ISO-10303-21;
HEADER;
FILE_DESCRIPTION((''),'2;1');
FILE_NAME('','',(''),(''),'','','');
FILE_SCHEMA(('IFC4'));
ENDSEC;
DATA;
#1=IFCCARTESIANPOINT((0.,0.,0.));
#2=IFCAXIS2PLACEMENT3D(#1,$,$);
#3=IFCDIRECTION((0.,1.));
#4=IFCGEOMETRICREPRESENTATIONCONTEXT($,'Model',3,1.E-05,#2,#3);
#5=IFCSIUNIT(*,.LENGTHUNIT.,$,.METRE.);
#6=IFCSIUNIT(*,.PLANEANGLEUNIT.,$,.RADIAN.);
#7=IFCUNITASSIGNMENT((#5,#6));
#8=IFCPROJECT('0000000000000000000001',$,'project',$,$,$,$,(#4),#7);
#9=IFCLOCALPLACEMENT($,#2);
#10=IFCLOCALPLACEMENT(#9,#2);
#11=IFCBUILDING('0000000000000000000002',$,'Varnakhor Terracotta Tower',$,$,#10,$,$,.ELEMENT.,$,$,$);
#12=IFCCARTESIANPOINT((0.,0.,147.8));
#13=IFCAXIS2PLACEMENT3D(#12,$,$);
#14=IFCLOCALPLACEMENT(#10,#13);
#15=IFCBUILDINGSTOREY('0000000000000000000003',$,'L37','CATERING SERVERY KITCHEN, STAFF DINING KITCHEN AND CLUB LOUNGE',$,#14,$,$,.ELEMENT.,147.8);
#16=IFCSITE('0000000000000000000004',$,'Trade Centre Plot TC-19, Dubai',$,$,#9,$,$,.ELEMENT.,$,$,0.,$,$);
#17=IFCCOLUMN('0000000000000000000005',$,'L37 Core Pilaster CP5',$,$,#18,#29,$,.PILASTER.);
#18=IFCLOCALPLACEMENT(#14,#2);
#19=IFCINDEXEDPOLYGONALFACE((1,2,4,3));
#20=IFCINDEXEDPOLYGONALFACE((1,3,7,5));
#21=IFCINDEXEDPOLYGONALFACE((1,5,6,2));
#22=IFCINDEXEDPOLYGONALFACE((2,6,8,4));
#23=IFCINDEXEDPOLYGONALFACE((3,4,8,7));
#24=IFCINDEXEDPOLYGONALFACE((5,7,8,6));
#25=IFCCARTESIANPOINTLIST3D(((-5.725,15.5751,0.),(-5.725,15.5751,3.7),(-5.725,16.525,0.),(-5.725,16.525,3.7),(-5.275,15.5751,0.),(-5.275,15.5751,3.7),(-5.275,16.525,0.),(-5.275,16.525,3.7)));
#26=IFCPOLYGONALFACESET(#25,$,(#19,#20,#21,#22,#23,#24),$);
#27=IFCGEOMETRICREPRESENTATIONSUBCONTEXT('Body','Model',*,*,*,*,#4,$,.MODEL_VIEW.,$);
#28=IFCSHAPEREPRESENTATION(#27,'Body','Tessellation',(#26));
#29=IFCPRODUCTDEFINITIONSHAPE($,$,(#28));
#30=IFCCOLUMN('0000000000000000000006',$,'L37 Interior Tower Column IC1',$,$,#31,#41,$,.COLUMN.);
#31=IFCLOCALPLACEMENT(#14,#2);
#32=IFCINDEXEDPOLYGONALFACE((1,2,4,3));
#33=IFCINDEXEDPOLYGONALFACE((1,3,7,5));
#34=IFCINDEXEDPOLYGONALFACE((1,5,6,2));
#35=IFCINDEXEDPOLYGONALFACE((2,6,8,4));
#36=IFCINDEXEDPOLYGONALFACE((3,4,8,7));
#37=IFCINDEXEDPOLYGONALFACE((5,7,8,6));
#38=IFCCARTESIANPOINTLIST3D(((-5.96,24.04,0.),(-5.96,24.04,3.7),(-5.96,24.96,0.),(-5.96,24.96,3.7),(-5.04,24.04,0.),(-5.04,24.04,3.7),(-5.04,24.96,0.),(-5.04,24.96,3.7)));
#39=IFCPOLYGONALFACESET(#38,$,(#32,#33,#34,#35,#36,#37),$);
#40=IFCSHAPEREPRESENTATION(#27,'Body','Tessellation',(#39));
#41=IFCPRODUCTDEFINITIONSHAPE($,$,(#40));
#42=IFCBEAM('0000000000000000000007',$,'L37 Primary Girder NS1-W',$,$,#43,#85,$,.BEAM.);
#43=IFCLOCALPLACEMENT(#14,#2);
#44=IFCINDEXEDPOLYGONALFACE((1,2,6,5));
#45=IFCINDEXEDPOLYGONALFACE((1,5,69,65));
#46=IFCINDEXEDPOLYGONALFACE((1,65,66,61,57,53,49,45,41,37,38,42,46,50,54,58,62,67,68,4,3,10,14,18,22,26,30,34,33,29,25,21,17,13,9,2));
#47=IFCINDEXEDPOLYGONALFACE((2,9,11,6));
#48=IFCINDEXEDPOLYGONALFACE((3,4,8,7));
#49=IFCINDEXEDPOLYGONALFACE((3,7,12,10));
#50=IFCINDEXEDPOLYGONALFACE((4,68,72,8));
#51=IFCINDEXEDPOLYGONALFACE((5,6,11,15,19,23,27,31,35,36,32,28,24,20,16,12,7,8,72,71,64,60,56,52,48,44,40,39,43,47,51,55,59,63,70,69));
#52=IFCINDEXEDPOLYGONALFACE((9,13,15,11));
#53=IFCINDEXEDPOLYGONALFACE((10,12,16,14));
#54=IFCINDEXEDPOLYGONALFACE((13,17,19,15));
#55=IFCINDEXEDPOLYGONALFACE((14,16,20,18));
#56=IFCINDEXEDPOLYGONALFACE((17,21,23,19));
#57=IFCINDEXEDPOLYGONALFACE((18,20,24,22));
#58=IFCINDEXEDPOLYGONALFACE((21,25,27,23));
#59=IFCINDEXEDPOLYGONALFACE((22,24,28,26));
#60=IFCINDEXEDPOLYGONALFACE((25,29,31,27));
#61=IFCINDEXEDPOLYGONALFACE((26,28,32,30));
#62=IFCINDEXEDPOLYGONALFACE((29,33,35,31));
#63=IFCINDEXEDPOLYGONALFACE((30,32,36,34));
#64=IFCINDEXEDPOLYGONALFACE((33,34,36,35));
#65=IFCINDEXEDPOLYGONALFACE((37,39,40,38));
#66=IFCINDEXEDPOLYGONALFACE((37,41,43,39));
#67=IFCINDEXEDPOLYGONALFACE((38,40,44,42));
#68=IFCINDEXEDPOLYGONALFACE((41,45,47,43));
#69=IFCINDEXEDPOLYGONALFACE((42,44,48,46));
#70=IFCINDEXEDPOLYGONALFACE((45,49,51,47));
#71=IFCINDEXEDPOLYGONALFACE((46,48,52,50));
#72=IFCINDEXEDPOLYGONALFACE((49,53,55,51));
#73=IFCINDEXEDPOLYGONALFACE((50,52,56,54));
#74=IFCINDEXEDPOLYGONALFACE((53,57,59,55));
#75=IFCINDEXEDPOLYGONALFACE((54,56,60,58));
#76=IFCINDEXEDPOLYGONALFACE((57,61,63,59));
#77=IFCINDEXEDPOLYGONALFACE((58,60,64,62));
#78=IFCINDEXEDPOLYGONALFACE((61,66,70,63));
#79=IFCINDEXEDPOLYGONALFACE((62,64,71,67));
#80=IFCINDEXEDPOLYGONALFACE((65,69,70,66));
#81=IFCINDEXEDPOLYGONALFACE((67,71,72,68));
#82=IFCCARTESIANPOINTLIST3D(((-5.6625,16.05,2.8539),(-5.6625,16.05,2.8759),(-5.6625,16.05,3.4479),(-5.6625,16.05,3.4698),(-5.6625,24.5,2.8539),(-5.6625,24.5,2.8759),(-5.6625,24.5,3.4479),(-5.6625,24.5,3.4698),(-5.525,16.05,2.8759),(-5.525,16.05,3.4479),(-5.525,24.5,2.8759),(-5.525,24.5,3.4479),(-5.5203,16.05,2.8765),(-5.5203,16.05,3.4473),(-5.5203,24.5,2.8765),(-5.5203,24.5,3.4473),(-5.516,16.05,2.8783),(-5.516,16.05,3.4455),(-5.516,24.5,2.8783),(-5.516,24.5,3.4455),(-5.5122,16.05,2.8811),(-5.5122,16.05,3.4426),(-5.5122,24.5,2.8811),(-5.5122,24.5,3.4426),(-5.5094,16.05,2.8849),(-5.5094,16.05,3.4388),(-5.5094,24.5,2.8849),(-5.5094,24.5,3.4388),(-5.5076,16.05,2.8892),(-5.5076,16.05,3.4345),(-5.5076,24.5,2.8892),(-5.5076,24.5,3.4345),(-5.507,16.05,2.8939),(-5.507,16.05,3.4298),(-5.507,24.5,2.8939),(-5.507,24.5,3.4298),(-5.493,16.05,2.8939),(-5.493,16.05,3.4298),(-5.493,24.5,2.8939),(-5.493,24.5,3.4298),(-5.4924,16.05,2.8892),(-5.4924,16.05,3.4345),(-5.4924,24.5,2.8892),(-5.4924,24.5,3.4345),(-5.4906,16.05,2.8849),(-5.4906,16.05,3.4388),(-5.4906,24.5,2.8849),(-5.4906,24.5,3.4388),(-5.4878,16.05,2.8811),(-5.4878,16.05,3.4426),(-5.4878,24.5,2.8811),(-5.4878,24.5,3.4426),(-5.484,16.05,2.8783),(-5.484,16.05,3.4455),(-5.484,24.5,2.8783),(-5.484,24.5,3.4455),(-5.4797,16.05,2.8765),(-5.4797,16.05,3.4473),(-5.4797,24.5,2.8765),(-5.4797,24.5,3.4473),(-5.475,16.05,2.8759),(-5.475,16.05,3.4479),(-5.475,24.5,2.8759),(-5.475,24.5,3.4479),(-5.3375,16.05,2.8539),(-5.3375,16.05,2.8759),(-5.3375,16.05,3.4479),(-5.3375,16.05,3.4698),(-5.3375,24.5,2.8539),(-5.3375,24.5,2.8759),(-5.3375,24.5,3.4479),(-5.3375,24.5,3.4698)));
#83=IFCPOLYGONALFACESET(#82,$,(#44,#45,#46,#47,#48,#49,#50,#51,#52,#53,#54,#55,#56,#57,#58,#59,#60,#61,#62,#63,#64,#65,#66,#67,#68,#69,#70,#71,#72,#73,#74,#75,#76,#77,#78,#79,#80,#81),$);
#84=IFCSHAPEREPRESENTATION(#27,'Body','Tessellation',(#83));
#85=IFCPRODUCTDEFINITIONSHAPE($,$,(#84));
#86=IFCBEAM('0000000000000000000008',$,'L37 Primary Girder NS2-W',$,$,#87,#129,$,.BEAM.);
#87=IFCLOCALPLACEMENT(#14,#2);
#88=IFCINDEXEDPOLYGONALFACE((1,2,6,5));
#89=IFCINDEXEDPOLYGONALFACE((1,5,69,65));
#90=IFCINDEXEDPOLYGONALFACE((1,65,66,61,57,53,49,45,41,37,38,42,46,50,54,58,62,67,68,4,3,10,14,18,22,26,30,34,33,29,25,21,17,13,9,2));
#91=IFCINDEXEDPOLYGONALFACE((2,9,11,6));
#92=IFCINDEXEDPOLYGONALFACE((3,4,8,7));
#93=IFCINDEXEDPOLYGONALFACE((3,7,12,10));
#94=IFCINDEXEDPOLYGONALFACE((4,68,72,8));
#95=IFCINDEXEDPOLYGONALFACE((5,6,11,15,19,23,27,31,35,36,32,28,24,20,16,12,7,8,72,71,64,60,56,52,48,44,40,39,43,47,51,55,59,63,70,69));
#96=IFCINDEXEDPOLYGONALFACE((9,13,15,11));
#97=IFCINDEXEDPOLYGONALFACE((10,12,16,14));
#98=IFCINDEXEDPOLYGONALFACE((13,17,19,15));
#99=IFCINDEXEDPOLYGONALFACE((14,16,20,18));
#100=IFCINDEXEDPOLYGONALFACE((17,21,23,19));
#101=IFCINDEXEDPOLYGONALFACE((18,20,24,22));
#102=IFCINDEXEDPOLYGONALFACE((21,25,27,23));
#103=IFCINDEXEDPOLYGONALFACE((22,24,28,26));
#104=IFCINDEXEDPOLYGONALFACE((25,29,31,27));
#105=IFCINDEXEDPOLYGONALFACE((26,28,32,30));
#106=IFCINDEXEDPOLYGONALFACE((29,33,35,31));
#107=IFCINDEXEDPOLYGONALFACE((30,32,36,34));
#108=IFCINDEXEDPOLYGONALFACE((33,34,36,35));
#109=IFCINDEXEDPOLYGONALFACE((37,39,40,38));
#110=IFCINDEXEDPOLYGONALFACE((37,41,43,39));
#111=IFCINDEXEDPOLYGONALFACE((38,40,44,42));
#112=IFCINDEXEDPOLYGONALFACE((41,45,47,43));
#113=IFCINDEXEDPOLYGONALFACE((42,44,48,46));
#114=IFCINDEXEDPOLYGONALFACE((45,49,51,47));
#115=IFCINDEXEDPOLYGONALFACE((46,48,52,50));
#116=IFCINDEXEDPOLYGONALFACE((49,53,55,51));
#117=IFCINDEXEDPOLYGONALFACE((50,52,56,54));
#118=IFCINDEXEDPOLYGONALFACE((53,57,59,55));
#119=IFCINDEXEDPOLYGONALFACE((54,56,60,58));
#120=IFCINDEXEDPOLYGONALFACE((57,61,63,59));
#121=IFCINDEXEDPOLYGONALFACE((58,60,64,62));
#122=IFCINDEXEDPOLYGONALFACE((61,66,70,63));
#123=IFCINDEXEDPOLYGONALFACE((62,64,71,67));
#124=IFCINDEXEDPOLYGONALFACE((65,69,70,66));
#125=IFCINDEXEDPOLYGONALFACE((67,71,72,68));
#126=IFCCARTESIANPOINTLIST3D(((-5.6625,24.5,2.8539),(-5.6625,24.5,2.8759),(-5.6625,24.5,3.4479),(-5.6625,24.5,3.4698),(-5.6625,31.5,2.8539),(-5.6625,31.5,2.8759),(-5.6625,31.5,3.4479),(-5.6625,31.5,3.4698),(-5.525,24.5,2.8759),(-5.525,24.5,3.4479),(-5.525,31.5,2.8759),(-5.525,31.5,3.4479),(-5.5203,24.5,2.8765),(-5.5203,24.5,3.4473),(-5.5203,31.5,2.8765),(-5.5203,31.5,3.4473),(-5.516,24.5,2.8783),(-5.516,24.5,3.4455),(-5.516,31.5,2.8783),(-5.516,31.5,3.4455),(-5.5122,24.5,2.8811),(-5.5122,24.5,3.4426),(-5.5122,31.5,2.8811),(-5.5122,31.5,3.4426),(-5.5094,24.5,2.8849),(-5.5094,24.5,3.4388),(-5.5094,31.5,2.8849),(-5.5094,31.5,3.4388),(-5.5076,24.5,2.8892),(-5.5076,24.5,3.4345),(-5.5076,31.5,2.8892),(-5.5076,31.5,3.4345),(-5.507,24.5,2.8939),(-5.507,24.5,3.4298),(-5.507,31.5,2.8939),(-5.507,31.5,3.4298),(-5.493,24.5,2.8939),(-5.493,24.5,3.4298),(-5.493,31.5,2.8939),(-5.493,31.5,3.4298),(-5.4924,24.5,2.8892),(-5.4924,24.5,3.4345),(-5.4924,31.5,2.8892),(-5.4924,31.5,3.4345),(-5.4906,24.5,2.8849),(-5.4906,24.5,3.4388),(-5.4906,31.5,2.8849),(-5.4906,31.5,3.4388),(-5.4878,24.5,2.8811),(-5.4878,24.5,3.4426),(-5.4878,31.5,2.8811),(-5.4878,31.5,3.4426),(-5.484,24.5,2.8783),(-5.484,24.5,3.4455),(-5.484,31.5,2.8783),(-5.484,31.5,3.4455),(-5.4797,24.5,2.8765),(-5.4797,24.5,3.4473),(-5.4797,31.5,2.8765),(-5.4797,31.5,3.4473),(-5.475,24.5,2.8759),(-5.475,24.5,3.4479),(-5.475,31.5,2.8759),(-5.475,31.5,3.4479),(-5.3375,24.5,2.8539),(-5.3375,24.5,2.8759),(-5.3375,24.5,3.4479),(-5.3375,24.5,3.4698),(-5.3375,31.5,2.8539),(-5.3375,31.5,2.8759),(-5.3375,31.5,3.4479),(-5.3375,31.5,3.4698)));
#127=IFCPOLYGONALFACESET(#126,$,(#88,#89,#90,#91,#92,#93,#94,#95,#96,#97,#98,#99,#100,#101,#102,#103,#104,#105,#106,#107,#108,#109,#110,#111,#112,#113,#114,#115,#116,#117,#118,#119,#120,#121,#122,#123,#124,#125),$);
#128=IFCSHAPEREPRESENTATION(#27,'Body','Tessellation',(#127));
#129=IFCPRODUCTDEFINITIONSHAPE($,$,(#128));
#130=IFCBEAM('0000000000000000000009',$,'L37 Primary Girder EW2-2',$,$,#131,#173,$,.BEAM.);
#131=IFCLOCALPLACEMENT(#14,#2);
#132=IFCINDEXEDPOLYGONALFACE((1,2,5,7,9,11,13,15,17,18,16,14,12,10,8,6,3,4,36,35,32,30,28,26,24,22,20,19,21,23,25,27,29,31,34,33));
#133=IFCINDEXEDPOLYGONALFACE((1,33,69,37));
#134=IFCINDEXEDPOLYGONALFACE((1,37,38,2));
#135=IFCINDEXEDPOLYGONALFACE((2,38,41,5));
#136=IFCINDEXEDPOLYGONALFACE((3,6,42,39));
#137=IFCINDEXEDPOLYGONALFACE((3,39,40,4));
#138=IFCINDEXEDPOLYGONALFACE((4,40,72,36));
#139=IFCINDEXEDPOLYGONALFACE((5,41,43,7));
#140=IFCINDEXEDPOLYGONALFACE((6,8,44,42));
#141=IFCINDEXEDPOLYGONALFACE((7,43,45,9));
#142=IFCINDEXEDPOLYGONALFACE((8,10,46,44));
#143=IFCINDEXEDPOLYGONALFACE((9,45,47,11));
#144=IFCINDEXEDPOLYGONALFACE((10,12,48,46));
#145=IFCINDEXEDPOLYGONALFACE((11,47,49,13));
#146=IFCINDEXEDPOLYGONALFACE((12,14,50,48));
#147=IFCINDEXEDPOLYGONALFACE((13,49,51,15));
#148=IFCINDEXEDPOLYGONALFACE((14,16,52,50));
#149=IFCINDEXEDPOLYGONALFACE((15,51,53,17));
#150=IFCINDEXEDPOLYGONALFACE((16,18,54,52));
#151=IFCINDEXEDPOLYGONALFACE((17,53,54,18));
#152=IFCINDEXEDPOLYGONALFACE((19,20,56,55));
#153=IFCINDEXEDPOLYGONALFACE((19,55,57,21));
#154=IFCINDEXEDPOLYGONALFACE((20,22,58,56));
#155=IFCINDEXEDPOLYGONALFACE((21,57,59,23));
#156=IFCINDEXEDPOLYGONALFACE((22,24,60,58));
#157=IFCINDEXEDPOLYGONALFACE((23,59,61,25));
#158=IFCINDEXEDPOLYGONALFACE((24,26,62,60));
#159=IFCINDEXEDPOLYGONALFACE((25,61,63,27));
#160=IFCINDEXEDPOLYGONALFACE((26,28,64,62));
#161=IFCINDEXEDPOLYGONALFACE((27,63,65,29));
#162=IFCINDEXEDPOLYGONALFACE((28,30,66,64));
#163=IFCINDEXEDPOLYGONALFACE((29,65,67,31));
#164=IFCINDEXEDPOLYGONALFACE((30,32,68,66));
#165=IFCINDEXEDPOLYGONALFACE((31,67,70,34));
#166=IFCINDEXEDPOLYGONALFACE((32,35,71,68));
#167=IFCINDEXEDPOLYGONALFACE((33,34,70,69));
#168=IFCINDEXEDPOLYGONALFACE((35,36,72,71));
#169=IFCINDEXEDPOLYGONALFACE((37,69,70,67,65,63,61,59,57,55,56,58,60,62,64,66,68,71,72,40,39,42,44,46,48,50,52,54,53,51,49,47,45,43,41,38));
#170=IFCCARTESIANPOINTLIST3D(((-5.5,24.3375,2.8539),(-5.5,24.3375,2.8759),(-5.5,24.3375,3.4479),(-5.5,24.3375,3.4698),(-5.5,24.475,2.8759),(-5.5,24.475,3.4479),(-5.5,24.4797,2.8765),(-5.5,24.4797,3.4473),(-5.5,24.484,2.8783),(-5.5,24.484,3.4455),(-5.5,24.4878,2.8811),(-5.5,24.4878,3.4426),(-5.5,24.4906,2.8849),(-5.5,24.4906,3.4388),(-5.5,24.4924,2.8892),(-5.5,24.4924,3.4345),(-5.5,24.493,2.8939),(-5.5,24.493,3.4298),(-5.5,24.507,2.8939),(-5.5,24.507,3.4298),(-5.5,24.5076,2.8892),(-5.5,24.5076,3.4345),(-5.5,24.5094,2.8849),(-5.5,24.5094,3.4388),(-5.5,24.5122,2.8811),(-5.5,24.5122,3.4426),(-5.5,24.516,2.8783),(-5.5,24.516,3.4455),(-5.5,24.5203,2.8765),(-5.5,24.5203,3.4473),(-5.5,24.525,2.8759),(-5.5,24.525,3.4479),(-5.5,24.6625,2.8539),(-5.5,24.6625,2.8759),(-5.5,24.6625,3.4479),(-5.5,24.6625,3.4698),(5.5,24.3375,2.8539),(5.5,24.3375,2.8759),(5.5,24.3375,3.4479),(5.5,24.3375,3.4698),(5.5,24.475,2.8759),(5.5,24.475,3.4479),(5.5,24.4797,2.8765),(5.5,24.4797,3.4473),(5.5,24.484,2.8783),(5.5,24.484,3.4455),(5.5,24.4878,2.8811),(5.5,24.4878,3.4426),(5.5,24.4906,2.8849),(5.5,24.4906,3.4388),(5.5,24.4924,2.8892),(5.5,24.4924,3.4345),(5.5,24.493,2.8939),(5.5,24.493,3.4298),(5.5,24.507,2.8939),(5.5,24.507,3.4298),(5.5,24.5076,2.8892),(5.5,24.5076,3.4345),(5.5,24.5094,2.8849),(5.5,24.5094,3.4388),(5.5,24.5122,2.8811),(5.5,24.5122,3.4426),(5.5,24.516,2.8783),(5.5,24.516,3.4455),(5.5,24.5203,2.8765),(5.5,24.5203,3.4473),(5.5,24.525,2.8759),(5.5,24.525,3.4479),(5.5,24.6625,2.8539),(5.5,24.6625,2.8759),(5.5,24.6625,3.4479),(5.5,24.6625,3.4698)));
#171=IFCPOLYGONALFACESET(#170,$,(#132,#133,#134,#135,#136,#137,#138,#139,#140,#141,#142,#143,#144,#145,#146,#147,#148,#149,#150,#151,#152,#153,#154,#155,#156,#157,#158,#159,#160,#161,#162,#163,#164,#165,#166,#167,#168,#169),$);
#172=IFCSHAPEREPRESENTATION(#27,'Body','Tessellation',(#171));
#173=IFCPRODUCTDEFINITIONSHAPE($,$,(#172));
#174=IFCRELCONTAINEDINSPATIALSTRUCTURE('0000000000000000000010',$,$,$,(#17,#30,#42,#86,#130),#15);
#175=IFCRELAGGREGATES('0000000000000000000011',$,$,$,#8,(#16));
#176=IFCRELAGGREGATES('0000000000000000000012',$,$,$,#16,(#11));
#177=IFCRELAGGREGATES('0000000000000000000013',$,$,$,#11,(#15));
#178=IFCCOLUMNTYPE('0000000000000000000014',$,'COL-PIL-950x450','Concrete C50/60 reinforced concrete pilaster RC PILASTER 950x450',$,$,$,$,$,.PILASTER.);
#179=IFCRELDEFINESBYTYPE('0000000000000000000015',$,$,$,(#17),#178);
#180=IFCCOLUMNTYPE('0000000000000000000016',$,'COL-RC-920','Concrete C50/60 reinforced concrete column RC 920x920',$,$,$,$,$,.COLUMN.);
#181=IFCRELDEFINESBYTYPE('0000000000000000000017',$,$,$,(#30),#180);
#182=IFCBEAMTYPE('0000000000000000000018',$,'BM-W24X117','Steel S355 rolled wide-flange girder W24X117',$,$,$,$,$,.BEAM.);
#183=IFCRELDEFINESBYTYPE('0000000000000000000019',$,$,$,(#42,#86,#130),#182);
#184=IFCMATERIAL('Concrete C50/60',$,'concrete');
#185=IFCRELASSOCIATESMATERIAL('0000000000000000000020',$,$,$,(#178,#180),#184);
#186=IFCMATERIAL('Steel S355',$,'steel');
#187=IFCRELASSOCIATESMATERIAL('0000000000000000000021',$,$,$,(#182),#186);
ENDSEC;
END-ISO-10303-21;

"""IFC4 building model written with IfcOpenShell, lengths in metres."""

from ifc_helpers import new_model, si_unit, direction, frame, origin, origin_2d, place, context, subcontext, project, spatial, rectangle, i_section, extrude, source, transform, mapped, material, material_profile, profile_set, type_object, type_shapes, element, save


model = new_model("IFC4")

# Units and contexts
model_context = context("Model", 3, precision=1e-05, world=origin(), true_north=direction((0.0, 1.0)))
body_context = subcontext(model_context, "Body", "Model", "MODEL_VIEW")
ifc_project = project(units=[si_unit("LENGTHUNIT", "METRE"), si_unit("PLANEANGLEUNIT", "RADIAN")], contexts=[model_context])

# Site, building, storey
site_placement = place(None, origin())
site = spatial("IfcSite", under=ifc_project, at=site_placement, Name="Trade Centre Plot TC-19, Dubai", CompositionType="ELEMENT", RefElevation=0.0)
building_placement = place(site_placement, origin())
building = spatial("IfcBuilding", under=site, at=building_placement, Name="Varnakhor Terracotta Tower", CompositionType="ELEMENT")
storey_placement = place(building_placement, frame((0.0, 0.0, 147.8)))
storey = spatial("IfcBuildingStorey", under=building, at=storey_placement, Name="L37", Description="CATERING SERVERY KITCHEN, STAFF DINING KITCHEN AND CLUB LOUNGE", CompositionType="ELEMENT", Elevation=147.8)

# Columns
ifc_material_1 = material(Name="Concrete C50/60", Category="concrete")
ifc_material_profile_1 = material_profile(ifc_material_1, rectangle(XDim=0.45, YDim=0.95, at=origin_2d()), Name="RC PILASTER 950x450")
ifc_profile_set_1 = profile_set([ifc_material_profile_1], Name="Concrete C50/60")
column_type_1 = type_object("IfcColumnType", Name="COL-PIL-950x450", Description="Concrete C50/60 reinforced concrete pilaster RC PILASTER 950x450", PredefinedType="PILASTER", material=ifc_profile_set_1)
shared_shape_1 = source(origin(), body_context, "Body", "SweptSolid", [
    extrude(rectangle(XDim=0.45, YDim=0.95, at=origin_2d()), origin(), (0.0, 0.0, 1.0), 3.7),
])
column_1_placement = place(storey_placement, frame((-5.5, 16.05, 0.0), z_axis=(0.0, 0.0, 1.0), x_axis=(1.0, 0.0, 0.0)))
element("IfcColumn", 1, at=column_1_placement, inside=storey, type_object=column_type_1, Name="L37 Core Pilaster CP5", PredefinedType="PILASTER", context=body_context, shape_type="MappedRepresentation", body=[
    mapped(shared_shape_1, transform((0.0, 0.0, 0.0), scale=1.0)),
])
ifc_material_profile_2 = material_profile(ifc_material_1, rectangle(XDim=0.9199, YDim=0.9199, at=origin_2d()), Name="RC 920x920")
ifc_profile_set_2 = profile_set([ifc_material_profile_2], Name="Concrete C50/60")
column_type_2 = type_object("IfcColumnType", Name="COL-RC-920", Description="Concrete C50/60 reinforced concrete column RC 920x920", PredefinedType="COLUMN", material=ifc_profile_set_2)
shared_shape_2 = source(origin(), body_context, "Body", "SweptSolid", [
    extrude(rectangle(XDim=0.9199, YDim=0.9199, at=origin_2d()), origin(), (0.0, 0.0, 1.0), 3.7),
])
column_2_placement = place(storey_placement, frame((-5.5, 24.5, 0.0), z_axis=(0.0, 0.0, 1.0), x_axis=(1.0, 0.0, 0.0)))
element("IfcColumn", 2, at=column_2_placement, inside=storey, type_object=column_type_2, Name="L37 Interior Tower Column IC1", PredefinedType="COLUMN", context=body_context, shape_type="MappedRepresentation", body=[
    mapped(shared_shape_2, transform((0.0, 0.0, 0.0), scale=1.0)),
])

# Beams
ifc_material_2 = material(Name="Steel S355", Category="steel")
ifc_material_profile_3 = material_profile(ifc_material_2, i_section(OverallWidth=0.325, OverallDepth=0.616, WebThickness=0.0139, FlangeThickness=0.022, FilletRadius=0.0181, at=origin_2d()), Name="W24X117")
ifc_profile_set_3 = profile_set([ifc_material_profile_3], Name="Steel S355")
beam_type_1 = type_object("IfcBeamType", Name="BM-W24X117", Description="Steel S355 rolled wide-flange girder W24X117", PredefinedType="BEAM", material=ifc_profile_set_3)
shared_shape_3 = source(origin(), body_context, "Body", "SweptSolid", [
    extrude(i_section(OverallWidth=0.325, OverallDepth=0.616, WebThickness=0.0139, FlangeThickness=0.022, FilletRadius=0.0181, at=origin_2d()), origin(), (0.0, 0.0, 1.0), 8.45),
])
type_shapes(beam_type_1, [shared_shape_3])
beam_1_placement = place(storey_placement, frame((-5.5, 16.05, 3.1619), z_axis=(0.0, 1.0, 0.0), x_axis=(-1.0, 0.0, 0.0)))
element("IfcBeam", 3, at=beam_1_placement, inside=storey, type_object=beam_type_1, Name="L37 Primary Girder NS1-W", PredefinedType="BEAM", context=body_context, shape_type="MappedRepresentation", body=[
    mapped(shared_shape_3, transform((0.0, 0.0, 0.0), scale=1.0)),
])
shared_shape_4 = source(origin(), body_context, "Body", "SweptSolid", [
    extrude(i_section(OverallWidth=0.325, OverallDepth=0.616, WebThickness=0.0139, FlangeThickness=0.022, FilletRadius=0.0181, at=origin_2d()), origin(), (0.0, 0.0, 1.0), 7.0),
])
beam_2_placement = place(storey_placement, frame((-5.5, 24.5, 3.1619), z_axis=(0.0, 1.0, 0.0), x_axis=(-1.0, 0.0, 0.0)))
element("IfcBeam", 4, at=beam_2_placement, inside=storey, type_object=beam_type_1, Name="L37 Primary Girder NS2-W", PredefinedType="BEAM", context=body_context, shape_type="MappedRepresentation", body=[
    mapped(shared_shape_4, transform((0.0, 0.0, 0.0), scale=1.0)),
])
shared_shape_5 = source(origin(), body_context, "Body", "SweptSolid", [
    extrude(i_section(OverallWidth=0.325, OverallDepth=0.616, WebThickness=0.0139, FlangeThickness=0.022, FilletRadius=0.0181, at=origin_2d()), origin(), (0.0, 0.0, 1.0), 11.0),
])
beam_3_placement = place(storey_placement, frame((-5.5, 24.5, 3.1619), z_axis=(1.0, 0.0, 0.0), x_axis=(0.0, 1.0, 0.0)))
element("IfcBeam", 5, at=beam_3_placement, inside=storey, type_object=beam_type_1, Name="L37 Primary Girder EW2-2", PredefinedType="BEAM", context=body_context, shape_type="MappedRepresentation", body=[
    mapped(shared_shape_5, transform((0.0, 0.0, 0.0), scale=1.0)),
])

save(model, "model.ifc")
